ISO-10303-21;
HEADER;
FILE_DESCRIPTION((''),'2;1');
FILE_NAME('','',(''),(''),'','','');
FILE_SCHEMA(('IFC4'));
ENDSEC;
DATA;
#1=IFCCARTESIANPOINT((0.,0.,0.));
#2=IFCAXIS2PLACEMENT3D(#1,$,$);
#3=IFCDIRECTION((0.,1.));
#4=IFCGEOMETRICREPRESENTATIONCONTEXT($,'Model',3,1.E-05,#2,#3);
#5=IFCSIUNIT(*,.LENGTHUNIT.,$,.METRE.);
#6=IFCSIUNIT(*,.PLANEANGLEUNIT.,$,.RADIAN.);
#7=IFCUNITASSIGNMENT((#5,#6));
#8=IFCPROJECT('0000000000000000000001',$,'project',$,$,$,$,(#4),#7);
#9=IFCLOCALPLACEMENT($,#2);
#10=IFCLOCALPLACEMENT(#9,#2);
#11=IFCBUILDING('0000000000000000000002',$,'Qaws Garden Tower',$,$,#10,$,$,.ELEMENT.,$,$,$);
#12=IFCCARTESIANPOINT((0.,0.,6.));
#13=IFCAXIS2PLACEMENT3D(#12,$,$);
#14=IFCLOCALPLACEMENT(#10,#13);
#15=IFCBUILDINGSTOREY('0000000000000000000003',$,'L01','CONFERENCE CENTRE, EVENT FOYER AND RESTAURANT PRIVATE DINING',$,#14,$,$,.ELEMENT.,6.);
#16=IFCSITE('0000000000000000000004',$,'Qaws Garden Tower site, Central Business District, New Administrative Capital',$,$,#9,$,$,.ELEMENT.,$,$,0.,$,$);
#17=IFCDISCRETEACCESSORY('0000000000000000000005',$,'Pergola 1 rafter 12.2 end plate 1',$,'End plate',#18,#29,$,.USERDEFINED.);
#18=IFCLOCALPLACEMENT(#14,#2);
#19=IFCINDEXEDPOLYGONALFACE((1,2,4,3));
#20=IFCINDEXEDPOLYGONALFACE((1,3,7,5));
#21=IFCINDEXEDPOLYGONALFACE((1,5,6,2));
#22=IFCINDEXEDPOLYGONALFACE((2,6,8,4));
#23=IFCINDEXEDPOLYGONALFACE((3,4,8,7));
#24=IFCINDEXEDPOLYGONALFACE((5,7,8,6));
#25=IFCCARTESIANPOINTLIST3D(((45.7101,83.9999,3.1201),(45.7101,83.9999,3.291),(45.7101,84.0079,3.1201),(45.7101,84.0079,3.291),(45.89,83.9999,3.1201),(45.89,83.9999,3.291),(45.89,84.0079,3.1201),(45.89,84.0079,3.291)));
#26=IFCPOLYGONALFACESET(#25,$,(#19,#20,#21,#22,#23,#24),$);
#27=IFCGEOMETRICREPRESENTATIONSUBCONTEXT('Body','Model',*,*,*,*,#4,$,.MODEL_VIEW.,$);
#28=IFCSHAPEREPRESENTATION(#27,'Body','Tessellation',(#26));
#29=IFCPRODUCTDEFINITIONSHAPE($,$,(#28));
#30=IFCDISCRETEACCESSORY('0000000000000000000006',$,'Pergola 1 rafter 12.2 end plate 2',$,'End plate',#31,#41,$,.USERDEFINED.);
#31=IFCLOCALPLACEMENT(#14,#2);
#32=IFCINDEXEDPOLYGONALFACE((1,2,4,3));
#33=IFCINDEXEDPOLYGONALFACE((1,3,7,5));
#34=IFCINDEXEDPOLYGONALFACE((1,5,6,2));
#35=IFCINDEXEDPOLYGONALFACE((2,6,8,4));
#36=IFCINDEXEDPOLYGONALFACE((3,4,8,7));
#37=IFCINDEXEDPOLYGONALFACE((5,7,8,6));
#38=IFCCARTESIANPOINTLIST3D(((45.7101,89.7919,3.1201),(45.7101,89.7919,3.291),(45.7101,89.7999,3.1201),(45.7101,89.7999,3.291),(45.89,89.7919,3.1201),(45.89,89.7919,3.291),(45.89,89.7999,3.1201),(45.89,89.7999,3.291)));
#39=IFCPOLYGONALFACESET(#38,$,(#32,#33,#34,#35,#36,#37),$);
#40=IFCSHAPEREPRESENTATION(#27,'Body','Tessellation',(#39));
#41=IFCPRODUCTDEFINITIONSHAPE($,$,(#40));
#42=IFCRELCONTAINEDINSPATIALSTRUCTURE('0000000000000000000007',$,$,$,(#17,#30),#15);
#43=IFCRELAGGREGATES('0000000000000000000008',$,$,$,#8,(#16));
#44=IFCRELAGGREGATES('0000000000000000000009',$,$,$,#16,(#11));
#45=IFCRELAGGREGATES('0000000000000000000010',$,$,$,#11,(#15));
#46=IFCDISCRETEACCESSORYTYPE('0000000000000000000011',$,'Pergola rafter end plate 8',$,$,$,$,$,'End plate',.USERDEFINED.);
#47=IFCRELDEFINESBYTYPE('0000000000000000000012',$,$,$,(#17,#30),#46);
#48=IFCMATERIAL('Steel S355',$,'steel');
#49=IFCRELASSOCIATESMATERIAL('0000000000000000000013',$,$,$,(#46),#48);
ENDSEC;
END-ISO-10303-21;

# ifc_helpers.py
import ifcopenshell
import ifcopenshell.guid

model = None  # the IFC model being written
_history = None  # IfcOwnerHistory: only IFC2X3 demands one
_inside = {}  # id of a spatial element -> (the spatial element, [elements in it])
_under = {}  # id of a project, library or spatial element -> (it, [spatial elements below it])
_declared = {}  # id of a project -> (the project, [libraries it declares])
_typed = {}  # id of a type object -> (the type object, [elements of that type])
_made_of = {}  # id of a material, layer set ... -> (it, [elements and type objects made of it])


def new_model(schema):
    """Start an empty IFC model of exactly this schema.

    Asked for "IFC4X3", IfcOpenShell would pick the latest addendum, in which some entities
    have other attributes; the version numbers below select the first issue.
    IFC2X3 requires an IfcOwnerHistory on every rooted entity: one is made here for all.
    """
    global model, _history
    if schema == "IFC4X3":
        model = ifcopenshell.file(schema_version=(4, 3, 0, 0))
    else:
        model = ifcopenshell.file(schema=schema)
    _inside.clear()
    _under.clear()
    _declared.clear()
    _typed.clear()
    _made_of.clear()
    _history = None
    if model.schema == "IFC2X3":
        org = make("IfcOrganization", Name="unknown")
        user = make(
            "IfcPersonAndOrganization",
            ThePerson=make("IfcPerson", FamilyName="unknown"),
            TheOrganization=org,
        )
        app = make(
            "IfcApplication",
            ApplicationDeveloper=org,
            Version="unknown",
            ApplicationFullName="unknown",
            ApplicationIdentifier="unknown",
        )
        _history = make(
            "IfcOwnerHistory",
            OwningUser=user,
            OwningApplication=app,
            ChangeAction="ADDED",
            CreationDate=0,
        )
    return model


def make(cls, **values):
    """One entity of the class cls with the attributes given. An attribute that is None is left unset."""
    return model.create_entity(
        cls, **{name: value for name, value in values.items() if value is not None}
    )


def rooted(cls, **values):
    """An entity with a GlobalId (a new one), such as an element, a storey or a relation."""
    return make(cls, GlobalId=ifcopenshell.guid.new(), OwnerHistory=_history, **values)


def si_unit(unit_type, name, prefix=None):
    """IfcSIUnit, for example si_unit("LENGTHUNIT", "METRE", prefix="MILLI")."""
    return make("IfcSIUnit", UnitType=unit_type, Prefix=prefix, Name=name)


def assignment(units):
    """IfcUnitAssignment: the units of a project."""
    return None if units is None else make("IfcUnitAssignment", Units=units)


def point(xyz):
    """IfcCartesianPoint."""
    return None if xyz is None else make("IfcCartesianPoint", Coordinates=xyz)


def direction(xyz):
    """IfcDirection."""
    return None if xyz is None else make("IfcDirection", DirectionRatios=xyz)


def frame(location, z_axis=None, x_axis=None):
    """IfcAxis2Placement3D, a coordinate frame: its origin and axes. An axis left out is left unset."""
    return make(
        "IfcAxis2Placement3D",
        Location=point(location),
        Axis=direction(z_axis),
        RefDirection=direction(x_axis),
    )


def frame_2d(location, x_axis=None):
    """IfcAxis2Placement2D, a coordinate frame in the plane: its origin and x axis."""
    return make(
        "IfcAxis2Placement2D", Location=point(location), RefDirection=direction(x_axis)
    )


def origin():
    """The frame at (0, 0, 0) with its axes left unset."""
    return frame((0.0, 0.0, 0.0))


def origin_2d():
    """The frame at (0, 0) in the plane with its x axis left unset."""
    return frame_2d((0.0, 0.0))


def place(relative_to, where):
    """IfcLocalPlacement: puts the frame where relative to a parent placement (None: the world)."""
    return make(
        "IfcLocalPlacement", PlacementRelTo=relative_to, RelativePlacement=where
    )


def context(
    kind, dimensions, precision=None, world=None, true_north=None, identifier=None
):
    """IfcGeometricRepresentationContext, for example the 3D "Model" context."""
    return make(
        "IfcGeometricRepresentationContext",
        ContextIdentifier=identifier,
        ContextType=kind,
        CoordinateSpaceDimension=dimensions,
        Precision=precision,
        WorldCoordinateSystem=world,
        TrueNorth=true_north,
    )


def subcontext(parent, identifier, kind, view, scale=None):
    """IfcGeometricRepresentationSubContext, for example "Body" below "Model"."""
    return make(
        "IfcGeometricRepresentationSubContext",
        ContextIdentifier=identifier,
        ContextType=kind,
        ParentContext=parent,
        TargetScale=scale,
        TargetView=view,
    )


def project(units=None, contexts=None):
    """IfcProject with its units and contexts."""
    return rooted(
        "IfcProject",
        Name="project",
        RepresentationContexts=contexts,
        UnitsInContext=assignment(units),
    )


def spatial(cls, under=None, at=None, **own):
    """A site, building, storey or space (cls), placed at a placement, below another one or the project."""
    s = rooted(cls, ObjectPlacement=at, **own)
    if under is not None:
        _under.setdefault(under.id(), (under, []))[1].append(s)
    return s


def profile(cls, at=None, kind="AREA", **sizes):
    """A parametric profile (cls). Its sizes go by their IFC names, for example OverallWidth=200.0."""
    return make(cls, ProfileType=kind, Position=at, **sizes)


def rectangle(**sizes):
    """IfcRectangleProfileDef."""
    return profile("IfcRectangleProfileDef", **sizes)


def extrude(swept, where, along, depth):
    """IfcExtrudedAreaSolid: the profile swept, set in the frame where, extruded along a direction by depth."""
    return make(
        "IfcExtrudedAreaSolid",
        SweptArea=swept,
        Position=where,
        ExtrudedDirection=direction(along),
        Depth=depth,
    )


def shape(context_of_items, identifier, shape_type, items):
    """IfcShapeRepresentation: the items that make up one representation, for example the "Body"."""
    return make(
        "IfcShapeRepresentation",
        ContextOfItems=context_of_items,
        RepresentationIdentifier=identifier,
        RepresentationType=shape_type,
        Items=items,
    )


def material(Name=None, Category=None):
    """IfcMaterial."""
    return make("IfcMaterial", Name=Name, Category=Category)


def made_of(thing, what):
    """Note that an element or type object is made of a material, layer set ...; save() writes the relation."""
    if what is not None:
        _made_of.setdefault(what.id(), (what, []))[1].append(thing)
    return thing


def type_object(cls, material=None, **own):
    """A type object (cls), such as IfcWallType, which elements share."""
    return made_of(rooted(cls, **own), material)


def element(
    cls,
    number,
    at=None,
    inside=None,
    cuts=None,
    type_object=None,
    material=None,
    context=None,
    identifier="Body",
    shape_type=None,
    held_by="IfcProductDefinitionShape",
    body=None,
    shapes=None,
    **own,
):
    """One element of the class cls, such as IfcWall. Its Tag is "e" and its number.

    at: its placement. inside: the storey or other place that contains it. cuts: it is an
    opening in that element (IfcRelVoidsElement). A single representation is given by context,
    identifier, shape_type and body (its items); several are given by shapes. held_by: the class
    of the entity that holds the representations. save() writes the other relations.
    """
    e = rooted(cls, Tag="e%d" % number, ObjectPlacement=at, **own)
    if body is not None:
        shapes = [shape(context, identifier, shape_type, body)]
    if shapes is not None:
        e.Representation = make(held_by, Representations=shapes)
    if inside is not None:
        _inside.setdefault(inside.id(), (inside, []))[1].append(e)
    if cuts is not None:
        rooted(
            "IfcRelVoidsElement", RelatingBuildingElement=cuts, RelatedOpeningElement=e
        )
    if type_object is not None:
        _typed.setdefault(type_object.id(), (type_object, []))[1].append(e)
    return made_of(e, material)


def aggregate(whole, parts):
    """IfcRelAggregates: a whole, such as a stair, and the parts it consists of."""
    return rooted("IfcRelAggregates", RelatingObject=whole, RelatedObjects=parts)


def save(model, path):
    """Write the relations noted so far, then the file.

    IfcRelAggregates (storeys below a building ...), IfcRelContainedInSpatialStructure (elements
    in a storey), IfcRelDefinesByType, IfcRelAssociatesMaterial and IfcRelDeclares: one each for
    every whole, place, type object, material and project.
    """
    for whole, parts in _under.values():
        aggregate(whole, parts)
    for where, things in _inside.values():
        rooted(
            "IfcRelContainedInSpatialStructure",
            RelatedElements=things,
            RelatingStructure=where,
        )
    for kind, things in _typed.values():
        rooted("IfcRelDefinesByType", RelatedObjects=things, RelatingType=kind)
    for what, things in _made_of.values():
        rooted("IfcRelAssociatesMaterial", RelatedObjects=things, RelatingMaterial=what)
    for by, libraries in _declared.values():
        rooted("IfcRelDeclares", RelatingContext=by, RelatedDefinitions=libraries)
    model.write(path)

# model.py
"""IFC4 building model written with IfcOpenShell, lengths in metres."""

from ifc_helpers import new_model, si_unit, direction, frame, origin, origin_2d, place, context, subcontext, project, spatial, rectangle, extrude, material, type_object, element, save


model = new_model("IFC4")

# Units and contexts
model_context = context("Model", 3, precision=1e-05, world=origin(), true_north=direction((0.0, 1.0)))
body_context = subcontext(model_context, "Body", "Model", "MODEL_VIEW")
ifc_project = project(units=[si_unit("LENGTHUNIT", "METRE"), si_unit("PLANEANGLEUNIT", "RADIAN")], contexts=[model_context])

# Site, building, storey
site_placement = place(None, origin())
site = spatial("IfcSite", under=ifc_project, at=site_placement, Name="Qaws Garden Tower site, Central Business District, New Administrative Capital", CompositionType="ELEMENT", RefElevation=0.0)
building_placement = place(site_placement, origin())
building = spatial("IfcBuilding", under=site, at=building_placement, Name="Qaws Garden Tower", CompositionType="ELEMENT")
storey_placement = place(building_placement, frame((0.0, 0.0, 6.0)))
storey = spatial("IfcBuildingStorey", under=building, at=storey_placement, Name="L01", Description="CONFERENCE CENTRE, EVENT FOYER AND RESTAURANT PRIVATE DINING", CompositionType="ELEMENT", Elevation=6.0)

# Discrete accessories
ifc_material_1 = material(Name="Steel S355", Category="steel")
discrete_accessory_type = type_object("IfcDiscreteAccessoryType", Name="Pergola rafter end plate 8", ElementType="End plate", PredefinedType="USERDEFINED", material=ifc_material_1)
for number, where, z_axis, x_axis, name in (
    (1, (45.8, 84.0039, 3.1201), (0.0, 0.0, 1.0), (1.0, 0.0, 0.0), "Pergola 1 rafter 12.2 end plate 1"),
    (2, (45.8, 89.7959, 3.1201), (0.0, 0.0, 1.0), (1.0, 0.0, 0.0), "Pergola 1 rafter 12.2 end plate 2"),
):
    element("IfcDiscreteAccessory", number, at=place(storey_placement, frame(where, z_axis=z_axis, x_axis=x_axis)), inside=storey, type_object=discrete_accessory_type, Name=name, ObjectType="End plate", PredefinedType="USERDEFINED", context=body_context, shape_type="SweptSolid", body=[
        extrude(rectangle(XDim=0.1799, YDim=0.0081, at=origin_2d()), origin(), (0.0, 0.0, 1.0), 0.1709),
    ])

save(model, "model.ifc")
